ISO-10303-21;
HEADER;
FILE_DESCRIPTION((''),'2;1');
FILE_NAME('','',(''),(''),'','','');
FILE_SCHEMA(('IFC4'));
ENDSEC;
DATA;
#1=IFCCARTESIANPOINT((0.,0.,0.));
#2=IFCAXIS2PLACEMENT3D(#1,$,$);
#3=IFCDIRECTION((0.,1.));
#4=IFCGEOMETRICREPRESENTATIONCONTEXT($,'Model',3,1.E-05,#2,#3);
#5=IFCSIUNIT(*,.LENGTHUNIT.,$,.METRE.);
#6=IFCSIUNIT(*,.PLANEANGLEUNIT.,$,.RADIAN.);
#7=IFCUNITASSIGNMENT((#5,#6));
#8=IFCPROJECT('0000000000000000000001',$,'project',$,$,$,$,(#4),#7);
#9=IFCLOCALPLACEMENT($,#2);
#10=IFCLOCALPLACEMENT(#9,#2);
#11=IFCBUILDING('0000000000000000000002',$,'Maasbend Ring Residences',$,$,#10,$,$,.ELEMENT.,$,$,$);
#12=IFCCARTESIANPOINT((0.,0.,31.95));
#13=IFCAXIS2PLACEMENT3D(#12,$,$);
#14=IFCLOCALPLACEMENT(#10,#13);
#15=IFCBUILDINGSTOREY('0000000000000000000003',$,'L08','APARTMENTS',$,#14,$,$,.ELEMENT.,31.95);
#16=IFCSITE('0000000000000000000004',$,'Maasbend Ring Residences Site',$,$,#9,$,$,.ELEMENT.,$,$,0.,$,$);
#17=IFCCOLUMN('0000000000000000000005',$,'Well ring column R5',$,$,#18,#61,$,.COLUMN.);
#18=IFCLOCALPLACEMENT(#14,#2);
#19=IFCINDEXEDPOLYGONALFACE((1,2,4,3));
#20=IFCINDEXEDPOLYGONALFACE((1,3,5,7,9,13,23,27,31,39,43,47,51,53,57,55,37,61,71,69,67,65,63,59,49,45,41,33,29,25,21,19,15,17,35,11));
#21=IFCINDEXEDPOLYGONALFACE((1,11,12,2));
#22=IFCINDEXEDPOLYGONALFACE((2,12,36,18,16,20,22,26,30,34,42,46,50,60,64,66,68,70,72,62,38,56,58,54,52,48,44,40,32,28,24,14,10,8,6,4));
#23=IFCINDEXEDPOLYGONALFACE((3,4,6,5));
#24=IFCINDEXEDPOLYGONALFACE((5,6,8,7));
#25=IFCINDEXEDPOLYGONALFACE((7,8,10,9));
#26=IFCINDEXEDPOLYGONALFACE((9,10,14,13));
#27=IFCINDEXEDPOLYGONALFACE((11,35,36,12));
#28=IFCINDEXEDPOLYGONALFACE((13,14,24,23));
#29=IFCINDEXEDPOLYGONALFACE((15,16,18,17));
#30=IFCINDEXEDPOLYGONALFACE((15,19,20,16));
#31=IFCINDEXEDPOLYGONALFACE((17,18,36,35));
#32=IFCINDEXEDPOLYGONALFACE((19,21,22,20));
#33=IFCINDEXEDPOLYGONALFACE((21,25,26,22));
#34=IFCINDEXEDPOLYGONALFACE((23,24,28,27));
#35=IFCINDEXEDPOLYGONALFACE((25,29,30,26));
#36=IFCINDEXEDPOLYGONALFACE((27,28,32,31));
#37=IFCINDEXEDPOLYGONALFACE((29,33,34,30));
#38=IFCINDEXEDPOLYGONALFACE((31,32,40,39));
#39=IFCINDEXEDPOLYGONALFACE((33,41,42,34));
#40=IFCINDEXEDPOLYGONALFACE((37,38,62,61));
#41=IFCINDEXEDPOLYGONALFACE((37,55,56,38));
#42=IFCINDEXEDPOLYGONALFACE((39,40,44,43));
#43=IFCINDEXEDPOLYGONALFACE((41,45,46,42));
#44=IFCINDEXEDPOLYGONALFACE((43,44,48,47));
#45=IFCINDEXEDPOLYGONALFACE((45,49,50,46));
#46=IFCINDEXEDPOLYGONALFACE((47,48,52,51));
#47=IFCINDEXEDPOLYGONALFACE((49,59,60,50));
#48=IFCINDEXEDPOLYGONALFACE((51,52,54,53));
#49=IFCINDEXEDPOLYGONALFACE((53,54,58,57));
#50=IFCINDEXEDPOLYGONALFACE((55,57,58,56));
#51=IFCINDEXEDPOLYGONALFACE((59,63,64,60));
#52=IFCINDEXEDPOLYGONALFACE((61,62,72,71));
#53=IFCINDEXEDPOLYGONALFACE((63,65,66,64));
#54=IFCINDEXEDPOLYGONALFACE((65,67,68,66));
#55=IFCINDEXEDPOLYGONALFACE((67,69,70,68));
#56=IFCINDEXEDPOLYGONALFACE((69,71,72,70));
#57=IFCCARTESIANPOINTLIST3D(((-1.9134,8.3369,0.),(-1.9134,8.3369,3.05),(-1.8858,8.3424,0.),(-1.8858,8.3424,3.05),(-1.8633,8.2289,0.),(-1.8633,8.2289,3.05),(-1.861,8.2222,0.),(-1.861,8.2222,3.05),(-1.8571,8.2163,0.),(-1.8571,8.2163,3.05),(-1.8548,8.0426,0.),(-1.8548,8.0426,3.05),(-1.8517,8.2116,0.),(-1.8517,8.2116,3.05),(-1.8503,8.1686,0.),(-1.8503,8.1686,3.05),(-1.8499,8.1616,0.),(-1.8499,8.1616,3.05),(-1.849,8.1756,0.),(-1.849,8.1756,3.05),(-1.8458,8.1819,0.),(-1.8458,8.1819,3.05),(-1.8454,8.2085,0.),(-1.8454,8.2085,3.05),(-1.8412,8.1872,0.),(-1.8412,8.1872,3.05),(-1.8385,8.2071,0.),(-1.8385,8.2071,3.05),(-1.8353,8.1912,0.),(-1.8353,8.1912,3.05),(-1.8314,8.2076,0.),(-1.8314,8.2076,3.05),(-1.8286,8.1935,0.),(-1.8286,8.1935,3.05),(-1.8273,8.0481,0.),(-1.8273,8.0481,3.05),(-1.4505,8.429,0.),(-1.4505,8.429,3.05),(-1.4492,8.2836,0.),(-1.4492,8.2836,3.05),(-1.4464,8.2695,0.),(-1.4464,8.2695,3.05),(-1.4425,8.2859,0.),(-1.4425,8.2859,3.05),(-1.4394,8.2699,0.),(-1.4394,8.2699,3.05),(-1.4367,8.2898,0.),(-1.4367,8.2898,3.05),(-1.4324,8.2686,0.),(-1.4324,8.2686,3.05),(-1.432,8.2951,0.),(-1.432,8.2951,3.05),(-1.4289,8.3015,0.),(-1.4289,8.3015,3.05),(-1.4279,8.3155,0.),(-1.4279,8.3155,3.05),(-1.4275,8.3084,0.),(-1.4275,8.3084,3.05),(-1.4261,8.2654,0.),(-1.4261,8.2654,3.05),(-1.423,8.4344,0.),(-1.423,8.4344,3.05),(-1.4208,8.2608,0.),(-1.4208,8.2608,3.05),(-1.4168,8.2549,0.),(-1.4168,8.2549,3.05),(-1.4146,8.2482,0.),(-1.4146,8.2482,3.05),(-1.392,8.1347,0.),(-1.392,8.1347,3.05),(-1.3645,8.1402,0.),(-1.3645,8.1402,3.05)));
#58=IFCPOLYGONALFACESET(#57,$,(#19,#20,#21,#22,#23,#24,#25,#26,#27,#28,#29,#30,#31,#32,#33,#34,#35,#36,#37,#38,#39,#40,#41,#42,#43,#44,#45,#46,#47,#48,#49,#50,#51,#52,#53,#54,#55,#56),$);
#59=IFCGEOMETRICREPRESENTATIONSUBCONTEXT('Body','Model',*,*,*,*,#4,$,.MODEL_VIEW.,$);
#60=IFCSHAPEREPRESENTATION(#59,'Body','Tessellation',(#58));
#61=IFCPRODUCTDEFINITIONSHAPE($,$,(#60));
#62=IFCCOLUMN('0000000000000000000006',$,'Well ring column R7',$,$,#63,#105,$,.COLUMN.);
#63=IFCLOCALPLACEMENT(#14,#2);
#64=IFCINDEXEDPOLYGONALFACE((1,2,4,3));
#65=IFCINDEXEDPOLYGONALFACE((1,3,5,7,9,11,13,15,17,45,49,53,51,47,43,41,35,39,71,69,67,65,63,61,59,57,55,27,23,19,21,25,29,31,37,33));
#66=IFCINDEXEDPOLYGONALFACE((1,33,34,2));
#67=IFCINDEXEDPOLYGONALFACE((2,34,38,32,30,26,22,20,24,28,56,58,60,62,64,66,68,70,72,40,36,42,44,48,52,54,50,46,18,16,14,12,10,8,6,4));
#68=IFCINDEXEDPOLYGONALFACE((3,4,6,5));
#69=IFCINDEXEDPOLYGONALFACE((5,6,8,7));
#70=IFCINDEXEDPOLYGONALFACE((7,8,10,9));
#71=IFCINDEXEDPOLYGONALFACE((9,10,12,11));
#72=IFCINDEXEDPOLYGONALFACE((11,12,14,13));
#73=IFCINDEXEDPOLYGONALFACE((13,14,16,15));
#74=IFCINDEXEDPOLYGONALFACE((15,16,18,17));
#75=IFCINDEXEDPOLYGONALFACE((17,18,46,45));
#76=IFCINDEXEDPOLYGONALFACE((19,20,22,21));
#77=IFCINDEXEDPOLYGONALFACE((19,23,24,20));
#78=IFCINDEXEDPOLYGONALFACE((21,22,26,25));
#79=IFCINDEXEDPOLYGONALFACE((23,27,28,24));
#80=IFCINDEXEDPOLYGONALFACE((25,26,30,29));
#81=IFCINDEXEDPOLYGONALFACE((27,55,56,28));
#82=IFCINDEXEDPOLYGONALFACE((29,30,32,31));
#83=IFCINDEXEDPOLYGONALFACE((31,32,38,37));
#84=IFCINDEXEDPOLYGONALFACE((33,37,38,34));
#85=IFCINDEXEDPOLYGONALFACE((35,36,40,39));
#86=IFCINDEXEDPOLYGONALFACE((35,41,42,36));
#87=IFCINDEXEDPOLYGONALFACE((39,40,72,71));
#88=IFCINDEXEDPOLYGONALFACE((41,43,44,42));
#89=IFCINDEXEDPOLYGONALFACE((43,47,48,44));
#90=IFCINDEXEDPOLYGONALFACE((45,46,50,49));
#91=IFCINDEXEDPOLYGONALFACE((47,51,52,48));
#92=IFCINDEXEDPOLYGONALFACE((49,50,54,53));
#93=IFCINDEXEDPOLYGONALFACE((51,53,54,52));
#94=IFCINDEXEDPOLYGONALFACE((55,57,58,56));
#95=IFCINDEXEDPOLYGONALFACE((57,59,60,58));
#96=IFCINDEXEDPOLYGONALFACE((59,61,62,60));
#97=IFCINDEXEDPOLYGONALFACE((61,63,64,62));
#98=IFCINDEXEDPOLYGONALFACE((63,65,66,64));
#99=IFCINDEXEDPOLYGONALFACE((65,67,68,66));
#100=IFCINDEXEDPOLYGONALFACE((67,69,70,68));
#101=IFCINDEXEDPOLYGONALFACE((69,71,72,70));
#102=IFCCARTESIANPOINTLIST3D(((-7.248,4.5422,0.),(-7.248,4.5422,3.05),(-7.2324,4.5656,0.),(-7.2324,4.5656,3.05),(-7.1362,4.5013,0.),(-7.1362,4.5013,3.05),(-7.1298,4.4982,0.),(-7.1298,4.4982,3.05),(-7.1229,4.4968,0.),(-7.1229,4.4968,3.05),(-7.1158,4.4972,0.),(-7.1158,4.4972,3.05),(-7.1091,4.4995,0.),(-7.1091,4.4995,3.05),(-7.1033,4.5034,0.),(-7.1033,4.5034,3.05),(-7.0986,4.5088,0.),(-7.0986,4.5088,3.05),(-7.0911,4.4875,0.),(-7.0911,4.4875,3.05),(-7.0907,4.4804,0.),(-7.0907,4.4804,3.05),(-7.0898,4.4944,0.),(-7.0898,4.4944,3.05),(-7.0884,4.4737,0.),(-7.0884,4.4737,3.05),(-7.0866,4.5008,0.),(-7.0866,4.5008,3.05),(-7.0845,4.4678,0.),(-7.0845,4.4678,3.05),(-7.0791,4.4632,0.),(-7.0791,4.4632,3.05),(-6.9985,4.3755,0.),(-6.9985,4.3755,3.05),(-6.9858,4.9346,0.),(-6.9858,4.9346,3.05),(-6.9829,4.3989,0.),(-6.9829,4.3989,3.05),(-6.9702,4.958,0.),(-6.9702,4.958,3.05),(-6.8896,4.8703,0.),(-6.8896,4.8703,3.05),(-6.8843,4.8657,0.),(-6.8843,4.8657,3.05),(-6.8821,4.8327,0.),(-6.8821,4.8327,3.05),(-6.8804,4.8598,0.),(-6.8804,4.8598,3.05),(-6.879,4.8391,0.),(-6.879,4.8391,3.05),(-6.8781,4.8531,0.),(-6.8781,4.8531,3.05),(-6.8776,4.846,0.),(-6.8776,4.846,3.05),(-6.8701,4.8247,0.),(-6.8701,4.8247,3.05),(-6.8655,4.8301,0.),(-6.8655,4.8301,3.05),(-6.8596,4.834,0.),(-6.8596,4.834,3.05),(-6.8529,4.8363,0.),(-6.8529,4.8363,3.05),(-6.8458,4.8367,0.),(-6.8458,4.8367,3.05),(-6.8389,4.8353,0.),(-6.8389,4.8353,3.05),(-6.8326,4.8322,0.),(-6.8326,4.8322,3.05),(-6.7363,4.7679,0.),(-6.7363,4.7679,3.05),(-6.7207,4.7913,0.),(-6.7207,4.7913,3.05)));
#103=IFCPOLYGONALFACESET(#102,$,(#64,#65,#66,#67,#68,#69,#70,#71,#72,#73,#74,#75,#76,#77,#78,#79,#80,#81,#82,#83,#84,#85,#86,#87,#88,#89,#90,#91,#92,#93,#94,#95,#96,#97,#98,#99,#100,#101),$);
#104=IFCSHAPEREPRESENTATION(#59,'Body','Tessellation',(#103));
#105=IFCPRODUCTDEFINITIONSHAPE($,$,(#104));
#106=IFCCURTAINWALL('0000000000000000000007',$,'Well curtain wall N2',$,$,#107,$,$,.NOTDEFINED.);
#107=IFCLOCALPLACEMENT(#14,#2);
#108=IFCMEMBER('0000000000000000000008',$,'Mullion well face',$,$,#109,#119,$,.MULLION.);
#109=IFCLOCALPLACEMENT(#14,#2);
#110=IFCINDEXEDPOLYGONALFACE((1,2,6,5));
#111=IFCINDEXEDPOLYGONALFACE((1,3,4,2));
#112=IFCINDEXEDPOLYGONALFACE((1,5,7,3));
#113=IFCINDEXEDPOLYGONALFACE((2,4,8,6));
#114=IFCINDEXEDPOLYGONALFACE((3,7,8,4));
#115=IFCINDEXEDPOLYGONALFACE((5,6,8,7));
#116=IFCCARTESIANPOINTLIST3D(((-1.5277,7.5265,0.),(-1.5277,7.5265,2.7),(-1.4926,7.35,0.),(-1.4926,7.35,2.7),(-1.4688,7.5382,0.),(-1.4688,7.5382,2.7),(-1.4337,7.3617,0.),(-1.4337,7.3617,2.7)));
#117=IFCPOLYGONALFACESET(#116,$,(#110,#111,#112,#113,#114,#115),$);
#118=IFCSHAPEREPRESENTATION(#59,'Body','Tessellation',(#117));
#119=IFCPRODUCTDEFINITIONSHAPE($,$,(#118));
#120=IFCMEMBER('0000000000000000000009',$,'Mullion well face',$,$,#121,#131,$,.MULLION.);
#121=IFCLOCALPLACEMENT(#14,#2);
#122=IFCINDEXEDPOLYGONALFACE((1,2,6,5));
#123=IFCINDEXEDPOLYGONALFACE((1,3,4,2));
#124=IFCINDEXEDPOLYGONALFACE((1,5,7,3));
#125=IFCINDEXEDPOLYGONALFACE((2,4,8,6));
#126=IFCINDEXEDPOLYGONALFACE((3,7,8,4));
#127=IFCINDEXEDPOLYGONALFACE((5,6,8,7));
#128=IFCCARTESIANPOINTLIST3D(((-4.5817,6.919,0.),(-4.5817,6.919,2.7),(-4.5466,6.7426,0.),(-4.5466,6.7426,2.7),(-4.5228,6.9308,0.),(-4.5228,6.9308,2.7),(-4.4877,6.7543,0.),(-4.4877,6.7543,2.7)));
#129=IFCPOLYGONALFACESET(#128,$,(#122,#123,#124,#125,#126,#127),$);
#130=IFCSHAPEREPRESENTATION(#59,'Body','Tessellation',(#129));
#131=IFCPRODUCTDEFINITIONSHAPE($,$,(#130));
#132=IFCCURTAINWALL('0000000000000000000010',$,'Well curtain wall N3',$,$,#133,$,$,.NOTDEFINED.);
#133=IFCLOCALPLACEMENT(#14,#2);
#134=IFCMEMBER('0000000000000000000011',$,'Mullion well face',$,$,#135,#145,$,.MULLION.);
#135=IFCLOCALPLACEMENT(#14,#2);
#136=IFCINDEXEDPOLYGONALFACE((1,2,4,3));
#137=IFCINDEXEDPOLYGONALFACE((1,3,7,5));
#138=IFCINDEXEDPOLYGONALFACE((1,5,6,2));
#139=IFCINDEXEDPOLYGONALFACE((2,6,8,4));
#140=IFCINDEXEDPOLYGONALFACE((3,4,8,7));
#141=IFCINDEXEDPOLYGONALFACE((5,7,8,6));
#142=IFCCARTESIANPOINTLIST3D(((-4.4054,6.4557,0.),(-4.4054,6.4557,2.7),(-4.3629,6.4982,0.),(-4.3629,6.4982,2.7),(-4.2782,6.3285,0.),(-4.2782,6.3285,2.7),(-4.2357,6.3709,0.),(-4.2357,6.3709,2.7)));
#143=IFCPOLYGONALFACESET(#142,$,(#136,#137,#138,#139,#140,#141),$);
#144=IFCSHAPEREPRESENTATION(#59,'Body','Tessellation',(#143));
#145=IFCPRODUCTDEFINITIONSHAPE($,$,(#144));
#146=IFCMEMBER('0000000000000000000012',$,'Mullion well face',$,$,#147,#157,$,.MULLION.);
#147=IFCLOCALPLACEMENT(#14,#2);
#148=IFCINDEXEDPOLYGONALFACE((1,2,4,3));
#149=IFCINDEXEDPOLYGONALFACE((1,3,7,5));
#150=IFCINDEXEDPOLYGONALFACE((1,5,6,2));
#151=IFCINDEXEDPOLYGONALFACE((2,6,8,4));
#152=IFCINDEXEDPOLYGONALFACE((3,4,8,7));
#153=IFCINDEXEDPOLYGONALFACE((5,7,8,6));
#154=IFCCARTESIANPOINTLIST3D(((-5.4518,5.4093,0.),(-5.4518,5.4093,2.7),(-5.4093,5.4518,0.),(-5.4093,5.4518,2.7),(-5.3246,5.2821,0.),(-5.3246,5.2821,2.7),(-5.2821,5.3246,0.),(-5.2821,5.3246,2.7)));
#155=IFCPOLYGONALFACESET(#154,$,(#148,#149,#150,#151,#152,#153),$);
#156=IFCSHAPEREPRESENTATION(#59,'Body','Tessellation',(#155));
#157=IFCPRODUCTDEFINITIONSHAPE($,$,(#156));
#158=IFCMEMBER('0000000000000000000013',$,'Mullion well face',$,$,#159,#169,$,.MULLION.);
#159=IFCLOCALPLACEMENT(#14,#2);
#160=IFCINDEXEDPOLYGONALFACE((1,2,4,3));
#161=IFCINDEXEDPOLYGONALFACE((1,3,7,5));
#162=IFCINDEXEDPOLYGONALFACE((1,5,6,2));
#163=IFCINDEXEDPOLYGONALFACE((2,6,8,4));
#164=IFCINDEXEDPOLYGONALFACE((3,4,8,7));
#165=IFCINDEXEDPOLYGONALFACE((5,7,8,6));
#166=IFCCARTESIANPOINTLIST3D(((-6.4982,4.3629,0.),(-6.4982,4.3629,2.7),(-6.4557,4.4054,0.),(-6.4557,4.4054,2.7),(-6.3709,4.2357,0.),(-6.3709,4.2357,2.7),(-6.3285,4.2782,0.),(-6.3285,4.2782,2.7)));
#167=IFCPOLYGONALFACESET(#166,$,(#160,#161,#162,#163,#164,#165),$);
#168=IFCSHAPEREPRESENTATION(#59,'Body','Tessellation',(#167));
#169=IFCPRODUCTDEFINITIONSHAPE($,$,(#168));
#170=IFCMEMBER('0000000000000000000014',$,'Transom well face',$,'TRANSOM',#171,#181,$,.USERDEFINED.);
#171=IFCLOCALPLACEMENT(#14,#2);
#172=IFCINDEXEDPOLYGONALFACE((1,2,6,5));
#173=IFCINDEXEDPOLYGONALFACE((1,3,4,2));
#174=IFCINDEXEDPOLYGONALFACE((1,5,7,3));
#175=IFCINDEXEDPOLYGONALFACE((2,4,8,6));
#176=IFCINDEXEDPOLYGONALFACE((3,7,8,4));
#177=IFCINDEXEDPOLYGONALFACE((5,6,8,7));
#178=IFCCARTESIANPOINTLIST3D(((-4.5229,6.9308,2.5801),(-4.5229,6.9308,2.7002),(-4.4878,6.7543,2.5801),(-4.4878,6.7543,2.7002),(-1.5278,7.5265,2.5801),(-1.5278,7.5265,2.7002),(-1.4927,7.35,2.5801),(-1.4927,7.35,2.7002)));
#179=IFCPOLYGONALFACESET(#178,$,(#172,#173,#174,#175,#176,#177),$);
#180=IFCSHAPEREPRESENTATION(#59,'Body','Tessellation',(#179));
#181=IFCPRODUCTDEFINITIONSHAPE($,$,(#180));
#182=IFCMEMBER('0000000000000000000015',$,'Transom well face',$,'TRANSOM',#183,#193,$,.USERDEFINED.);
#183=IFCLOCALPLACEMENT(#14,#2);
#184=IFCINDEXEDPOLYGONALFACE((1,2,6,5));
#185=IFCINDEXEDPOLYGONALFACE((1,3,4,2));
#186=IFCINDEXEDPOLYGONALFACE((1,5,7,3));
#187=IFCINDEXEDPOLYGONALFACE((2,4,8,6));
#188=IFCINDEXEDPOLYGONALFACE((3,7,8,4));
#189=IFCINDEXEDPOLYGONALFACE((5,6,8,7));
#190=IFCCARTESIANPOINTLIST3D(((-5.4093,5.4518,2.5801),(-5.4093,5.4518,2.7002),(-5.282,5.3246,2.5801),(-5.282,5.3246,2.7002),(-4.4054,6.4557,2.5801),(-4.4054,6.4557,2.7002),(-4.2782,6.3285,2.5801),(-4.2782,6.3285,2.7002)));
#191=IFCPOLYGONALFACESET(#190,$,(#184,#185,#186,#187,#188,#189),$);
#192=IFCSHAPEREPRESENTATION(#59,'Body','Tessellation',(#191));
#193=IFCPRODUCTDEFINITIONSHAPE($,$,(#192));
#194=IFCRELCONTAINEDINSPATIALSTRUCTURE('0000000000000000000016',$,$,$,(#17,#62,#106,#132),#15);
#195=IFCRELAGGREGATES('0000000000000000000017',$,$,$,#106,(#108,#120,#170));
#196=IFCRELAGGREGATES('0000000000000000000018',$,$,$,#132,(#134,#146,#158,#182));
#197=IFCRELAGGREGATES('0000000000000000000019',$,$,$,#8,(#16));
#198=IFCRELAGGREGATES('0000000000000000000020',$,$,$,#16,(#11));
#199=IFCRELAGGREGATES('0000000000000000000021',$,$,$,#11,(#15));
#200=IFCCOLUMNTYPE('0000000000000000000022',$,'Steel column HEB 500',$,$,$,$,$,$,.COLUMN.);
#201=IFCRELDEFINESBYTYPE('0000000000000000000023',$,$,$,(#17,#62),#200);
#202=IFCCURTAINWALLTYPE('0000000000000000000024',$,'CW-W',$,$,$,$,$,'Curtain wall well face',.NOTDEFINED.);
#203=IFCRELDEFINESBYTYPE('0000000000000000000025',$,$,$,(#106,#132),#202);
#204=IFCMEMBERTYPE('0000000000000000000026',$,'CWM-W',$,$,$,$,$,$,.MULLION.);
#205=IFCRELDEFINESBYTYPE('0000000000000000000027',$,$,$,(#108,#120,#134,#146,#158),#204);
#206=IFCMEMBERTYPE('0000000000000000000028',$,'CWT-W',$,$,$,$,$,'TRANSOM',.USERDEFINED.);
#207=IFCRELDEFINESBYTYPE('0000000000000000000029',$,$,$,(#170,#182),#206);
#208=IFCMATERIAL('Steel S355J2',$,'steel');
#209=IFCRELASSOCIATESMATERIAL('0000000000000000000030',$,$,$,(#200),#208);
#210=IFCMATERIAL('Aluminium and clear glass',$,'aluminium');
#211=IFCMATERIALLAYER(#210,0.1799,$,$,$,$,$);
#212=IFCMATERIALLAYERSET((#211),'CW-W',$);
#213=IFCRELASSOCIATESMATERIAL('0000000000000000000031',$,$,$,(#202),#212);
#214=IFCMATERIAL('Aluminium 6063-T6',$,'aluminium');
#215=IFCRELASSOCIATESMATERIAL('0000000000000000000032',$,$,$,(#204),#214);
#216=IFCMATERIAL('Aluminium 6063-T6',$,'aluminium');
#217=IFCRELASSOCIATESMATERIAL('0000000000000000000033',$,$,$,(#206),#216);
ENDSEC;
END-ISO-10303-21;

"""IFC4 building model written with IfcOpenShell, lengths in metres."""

from ifc_helpers import new_model, si_unit, direction, frame, origin, origin_2d, place, context, subcontext, project, spatial, rectangle, i_section, extrude, material, layer, layer_set, material_profile, profile_set, type_object, element, aggregate, save


model = new_model("IFC4")

# Units and contexts
model_context = context("Model", 3, precision=1e-05, world=origin(), true_north=direction((0.0, 1.0)))
body_context = subcontext(model_context, "Body", "Model", "MODEL_VIEW")
ifc_project = project(units=[si_unit("LENGTHUNIT", "METRE"), si_unit("PLANEANGLEUNIT", "RADIAN")], contexts=[model_context])

# Site, building, storey
site_placement = place(None, origin())
site = spatial("IfcSite", under=ifc_project, at=site_placement, Name="Maasbend Ring Residences Site", CompositionType="ELEMENT", RefElevation=0.0)
building_placement = place(site_placement, origin())
building = spatial("IfcBuilding", under=site, at=building_placement, Name="Maasbend Ring Residences", CompositionType="ELEMENT")
storey_placement = place(building_placement, frame((0.0, 0.0, 31.95)))
storey = spatial("IfcBuildingStorey", under=building, at=storey_placement, Name="L08", Description="APARTMENTS", CompositionType="ELEMENT", Elevation=31.95)

# Columns
ifc_material_1 = material(Name="Steel S355J2", Category="steel")
ifc_material_profile_1 = material_profile(ifc_material_1, i_section(OverallWidth=0.3, OverallDepth=0.5, WebThickness=0.0144, FlangeThickness=0.0281, FilletRadius=0.0271, at=origin_2d()), Name="HEB 500")
ifc_profile_set_1 = profile_set([ifc_material_profile_1], Name="Steel S355J2")
column_type = type_object("IfcColumnType", Name="Steel column HEB 500", PredefinedType="COLUMN", material=ifc_profile_set_1)
for number, where, z_axis, x_axis, name in (
    (1, (-1.6389, 8.2385, 0.0), (0.0, 0.0, 1.0), (-0.19509, 0.980785, 0.0), "Well ring column R5"),
    (2, (-6.9844, 4.6667, 0.0), (0.0, 0.0, 1.0), (-0.83147, 0.55557, 0.0), "Well ring column R7"),
):
    element("IfcColumn", number, at=place(storey_placement, frame(where, z_axis=z_axis, x_axis=x_axis)), inside=storey, type_object=column_type, Name=name, PredefinedType="COLUMN", context=body_context, shape_type="SweptSolid", body=[
        extrude(i_section(OverallWidth=0.3, OverallDepth=0.5, WebThickness=0.0144, FlangeThickness=0.0281, FilletRadius=0.0271, at=origin_2d()), origin(), (0.0, 0.0, 1.0), 3.05),
    ])

# Curtain walls, members
ifc_material_2 = material(Name="Aluminium and clear glass", Category="aluminium")
ifc_layer_1 = layer(ifc_material_2, 0.1799)
ifc_layer_set_1 = layer_set([ifc_layer_1], Name="CW-W")
curtain_wall_type = type_object("IfcCurtainWallType", Name="CW-W", ElementType="Curtain wall well face", PredefinedType="NOTDEFINED", material=ifc_layer_set_1)
curtain_wall_1_placement = place(storey_placement, origin())
curtain_wall_1 = element("IfcCurtainWall", 3, at=curtain_wall_1_placement, inside=storey, type_object=curtain_wall_type, Name="Well curtain wall N2", PredefinedType="NOTDEFINED")
ifc_material_3 = material(Name="Aluminium 6063-T6", Category="aluminium")
ifc_material_profile_2 = material_profile(ifc_material_3, rectangle(XDim=0.1799, YDim=0.0601, at=origin_2d()), Name="AL 180x60")
ifc_profile_set_2 = profile_set([ifc_material_profile_2], Name="Aluminium 6063-T6")
member_type_1 = type_object("IfcMemberType", Name="CWM-W", PredefinedType="MULLION", material=ifc_profile_set_2)
member_1_placement = place(storey_placement, frame((-1.4807, 7.4441, 0.0), z_axis=(0.0, 0.0, 1.0), x_axis=(0.19509, -0.980785, 0.0)))
member_1 = element("IfcMember", 4, at=member_1_placement, type_object=member_type_1, Name="Mullion well face", PredefinedType="MULLION", context=body_context, shape_type="SweptSolid", body=[
    extrude(rectangle(XDim=0.1799, YDim=0.0601, at=origin_2d()), origin(), (0.0, 0.0, 1.0), 2.7),
])
member_2_placement = place(storey_placement, frame((-4.5347, 6.8367, 0.0), z_axis=(0.0, 0.0, 1.0), x_axis=(0.19509, -0.980785, 0.0)))
member_2 = element("IfcMember", 5, at=member_2_placement, type_object=member_type_1, Name="Mullion well face", PredefinedType="MULLION", context=body_context, shape_type="SweptSolid", body=[
    extrude(rectangle(XDim=0.1799, YDim=0.0601, at=origin_2d()), origin(), (0.0, 0.0, 1.0), 2.7),
])
curtain_wall_2_placement = place(storey_placement, origin())
curtain_wall_2 = element("IfcCurtainWall", 6, at=curtain_wall_2_placement, inside=storey, type_object=curtain_wall_type, Name="Well curtain wall N3", PredefinedType="NOTDEFINED")
member_3_placement = place(storey_placement, frame((-4.3206, 6.4133, 0.0), z_axis=(0.0, 0.0, 1.0), x_axis=(0.707107, -0.707107, 0.0)))
member_3 = element("IfcMember", 7, at=member_3_placement, type_object=member_type_1, Name="Mullion well face", PredefinedType="MULLION", context=body_context, shape_type="SweptSolid", body=[
    extrude(rectangle(XDim=0.1799, YDim=0.0601, at=origin_2d()), origin(), (0.0, 0.0, 1.0), 2.7),
])
member_4_placement = place(storey_placement, frame((-5.3669, 5.3669, 0.0), z_axis=(0.0, 0.0, 1.0), x_axis=(0.707107, -0.707107, 0.0)))
member_4 = element("IfcMember", 8, at=member_4_placement, type_object=member_type_1, Name="Mullion well face", PredefinedType="MULLION", context=body_context, shape_type="SweptSolid", body=[
    extrude(rectangle(XDim=0.1799, YDim=0.0601, at=origin_2d()), origin(), (0.0, 0.0, 1.0), 2.7),
])
member_5_placement = place(storey_placement, frame((-6.4133, 4.3206, 0.0), z_axis=(0.0, 0.0, 1.0), x_axis=(0.707107, -0.707107, 0.0)))
member_5 = element("IfcMember", 9, at=member_5_placement, type_object=member_type_1, Name="Mullion well face", PredefinedType="MULLION", context=body_context, shape_type="SweptSolid", body=[
    extrude(rectangle(XDim=0.1799, YDim=0.0601, at=origin_2d()), origin(), (0.0, 0.0, 1.0), 2.7),
])

# Members
ifc_material_4 = material(Name="Aluminium 6063-T6", Category="aluminium")
ifc_material_profile_3 = material_profile(ifc_material_4, rectangle(XDim=0.1799, YDim=0.1201, at=origin_2d()), Name="AL 180x120")
ifc_profile_set_3 = profile_set([ifc_material_profile_3], Name="Aluminium 6063-T6")
member_type_2 = type_object("IfcMemberType", Name="CWT-W", ElementType="TRANSOM", PredefinedType="USERDEFINED", material=ifc_profile_set_3)
member_6_placement = place(storey_placement, frame((-1.5103, 7.4382, 2.6401), z_axis=(-0.980789, -0.195071, 0.0), x_axis=(0.195071, -0.980789, 0.0)))
member_6 = element("IfcMember", 10, at=member_6_placement, type_object=member_type_2, Name="Transom well face", ObjectType="TRANSOM", PredefinedType="USERDEFINED", context=body_context, shape_type="SweptSolid", body=[
    extrude(rectangle(XDim=0.1799, YDim=0.1201, at=origin_2d()), origin(), (0.0, 0.0, 1.0), 3.0537),
])
member_7_placement = place(storey_placement, frame((-4.3418, 6.3921, 2.6401), z_axis=(-0.707107, -0.707107, 0.0), x_axis=(0.707107, -0.707107, 0.0)))
member_7 = element("IfcMember", 11, at=member_7_placement, type_object=member_type_2, Name="Transom well face", ObjectType="TRANSOM", PredefinedType="USERDEFINED", context=body_context, shape_type="SweptSolid", body=[
    extrude(rectangle(XDim=0.1799, YDim=0.1201, at=origin_2d()), origin(), (0.0, 0.0, 1.0), 1.4197),
])

aggregate(curtain_wall_1, [member_1, member_2, member_6])
aggregate(curtain_wall_2, [member_3, member_4, member_5, member_7])

save(model, "model.ifc")
